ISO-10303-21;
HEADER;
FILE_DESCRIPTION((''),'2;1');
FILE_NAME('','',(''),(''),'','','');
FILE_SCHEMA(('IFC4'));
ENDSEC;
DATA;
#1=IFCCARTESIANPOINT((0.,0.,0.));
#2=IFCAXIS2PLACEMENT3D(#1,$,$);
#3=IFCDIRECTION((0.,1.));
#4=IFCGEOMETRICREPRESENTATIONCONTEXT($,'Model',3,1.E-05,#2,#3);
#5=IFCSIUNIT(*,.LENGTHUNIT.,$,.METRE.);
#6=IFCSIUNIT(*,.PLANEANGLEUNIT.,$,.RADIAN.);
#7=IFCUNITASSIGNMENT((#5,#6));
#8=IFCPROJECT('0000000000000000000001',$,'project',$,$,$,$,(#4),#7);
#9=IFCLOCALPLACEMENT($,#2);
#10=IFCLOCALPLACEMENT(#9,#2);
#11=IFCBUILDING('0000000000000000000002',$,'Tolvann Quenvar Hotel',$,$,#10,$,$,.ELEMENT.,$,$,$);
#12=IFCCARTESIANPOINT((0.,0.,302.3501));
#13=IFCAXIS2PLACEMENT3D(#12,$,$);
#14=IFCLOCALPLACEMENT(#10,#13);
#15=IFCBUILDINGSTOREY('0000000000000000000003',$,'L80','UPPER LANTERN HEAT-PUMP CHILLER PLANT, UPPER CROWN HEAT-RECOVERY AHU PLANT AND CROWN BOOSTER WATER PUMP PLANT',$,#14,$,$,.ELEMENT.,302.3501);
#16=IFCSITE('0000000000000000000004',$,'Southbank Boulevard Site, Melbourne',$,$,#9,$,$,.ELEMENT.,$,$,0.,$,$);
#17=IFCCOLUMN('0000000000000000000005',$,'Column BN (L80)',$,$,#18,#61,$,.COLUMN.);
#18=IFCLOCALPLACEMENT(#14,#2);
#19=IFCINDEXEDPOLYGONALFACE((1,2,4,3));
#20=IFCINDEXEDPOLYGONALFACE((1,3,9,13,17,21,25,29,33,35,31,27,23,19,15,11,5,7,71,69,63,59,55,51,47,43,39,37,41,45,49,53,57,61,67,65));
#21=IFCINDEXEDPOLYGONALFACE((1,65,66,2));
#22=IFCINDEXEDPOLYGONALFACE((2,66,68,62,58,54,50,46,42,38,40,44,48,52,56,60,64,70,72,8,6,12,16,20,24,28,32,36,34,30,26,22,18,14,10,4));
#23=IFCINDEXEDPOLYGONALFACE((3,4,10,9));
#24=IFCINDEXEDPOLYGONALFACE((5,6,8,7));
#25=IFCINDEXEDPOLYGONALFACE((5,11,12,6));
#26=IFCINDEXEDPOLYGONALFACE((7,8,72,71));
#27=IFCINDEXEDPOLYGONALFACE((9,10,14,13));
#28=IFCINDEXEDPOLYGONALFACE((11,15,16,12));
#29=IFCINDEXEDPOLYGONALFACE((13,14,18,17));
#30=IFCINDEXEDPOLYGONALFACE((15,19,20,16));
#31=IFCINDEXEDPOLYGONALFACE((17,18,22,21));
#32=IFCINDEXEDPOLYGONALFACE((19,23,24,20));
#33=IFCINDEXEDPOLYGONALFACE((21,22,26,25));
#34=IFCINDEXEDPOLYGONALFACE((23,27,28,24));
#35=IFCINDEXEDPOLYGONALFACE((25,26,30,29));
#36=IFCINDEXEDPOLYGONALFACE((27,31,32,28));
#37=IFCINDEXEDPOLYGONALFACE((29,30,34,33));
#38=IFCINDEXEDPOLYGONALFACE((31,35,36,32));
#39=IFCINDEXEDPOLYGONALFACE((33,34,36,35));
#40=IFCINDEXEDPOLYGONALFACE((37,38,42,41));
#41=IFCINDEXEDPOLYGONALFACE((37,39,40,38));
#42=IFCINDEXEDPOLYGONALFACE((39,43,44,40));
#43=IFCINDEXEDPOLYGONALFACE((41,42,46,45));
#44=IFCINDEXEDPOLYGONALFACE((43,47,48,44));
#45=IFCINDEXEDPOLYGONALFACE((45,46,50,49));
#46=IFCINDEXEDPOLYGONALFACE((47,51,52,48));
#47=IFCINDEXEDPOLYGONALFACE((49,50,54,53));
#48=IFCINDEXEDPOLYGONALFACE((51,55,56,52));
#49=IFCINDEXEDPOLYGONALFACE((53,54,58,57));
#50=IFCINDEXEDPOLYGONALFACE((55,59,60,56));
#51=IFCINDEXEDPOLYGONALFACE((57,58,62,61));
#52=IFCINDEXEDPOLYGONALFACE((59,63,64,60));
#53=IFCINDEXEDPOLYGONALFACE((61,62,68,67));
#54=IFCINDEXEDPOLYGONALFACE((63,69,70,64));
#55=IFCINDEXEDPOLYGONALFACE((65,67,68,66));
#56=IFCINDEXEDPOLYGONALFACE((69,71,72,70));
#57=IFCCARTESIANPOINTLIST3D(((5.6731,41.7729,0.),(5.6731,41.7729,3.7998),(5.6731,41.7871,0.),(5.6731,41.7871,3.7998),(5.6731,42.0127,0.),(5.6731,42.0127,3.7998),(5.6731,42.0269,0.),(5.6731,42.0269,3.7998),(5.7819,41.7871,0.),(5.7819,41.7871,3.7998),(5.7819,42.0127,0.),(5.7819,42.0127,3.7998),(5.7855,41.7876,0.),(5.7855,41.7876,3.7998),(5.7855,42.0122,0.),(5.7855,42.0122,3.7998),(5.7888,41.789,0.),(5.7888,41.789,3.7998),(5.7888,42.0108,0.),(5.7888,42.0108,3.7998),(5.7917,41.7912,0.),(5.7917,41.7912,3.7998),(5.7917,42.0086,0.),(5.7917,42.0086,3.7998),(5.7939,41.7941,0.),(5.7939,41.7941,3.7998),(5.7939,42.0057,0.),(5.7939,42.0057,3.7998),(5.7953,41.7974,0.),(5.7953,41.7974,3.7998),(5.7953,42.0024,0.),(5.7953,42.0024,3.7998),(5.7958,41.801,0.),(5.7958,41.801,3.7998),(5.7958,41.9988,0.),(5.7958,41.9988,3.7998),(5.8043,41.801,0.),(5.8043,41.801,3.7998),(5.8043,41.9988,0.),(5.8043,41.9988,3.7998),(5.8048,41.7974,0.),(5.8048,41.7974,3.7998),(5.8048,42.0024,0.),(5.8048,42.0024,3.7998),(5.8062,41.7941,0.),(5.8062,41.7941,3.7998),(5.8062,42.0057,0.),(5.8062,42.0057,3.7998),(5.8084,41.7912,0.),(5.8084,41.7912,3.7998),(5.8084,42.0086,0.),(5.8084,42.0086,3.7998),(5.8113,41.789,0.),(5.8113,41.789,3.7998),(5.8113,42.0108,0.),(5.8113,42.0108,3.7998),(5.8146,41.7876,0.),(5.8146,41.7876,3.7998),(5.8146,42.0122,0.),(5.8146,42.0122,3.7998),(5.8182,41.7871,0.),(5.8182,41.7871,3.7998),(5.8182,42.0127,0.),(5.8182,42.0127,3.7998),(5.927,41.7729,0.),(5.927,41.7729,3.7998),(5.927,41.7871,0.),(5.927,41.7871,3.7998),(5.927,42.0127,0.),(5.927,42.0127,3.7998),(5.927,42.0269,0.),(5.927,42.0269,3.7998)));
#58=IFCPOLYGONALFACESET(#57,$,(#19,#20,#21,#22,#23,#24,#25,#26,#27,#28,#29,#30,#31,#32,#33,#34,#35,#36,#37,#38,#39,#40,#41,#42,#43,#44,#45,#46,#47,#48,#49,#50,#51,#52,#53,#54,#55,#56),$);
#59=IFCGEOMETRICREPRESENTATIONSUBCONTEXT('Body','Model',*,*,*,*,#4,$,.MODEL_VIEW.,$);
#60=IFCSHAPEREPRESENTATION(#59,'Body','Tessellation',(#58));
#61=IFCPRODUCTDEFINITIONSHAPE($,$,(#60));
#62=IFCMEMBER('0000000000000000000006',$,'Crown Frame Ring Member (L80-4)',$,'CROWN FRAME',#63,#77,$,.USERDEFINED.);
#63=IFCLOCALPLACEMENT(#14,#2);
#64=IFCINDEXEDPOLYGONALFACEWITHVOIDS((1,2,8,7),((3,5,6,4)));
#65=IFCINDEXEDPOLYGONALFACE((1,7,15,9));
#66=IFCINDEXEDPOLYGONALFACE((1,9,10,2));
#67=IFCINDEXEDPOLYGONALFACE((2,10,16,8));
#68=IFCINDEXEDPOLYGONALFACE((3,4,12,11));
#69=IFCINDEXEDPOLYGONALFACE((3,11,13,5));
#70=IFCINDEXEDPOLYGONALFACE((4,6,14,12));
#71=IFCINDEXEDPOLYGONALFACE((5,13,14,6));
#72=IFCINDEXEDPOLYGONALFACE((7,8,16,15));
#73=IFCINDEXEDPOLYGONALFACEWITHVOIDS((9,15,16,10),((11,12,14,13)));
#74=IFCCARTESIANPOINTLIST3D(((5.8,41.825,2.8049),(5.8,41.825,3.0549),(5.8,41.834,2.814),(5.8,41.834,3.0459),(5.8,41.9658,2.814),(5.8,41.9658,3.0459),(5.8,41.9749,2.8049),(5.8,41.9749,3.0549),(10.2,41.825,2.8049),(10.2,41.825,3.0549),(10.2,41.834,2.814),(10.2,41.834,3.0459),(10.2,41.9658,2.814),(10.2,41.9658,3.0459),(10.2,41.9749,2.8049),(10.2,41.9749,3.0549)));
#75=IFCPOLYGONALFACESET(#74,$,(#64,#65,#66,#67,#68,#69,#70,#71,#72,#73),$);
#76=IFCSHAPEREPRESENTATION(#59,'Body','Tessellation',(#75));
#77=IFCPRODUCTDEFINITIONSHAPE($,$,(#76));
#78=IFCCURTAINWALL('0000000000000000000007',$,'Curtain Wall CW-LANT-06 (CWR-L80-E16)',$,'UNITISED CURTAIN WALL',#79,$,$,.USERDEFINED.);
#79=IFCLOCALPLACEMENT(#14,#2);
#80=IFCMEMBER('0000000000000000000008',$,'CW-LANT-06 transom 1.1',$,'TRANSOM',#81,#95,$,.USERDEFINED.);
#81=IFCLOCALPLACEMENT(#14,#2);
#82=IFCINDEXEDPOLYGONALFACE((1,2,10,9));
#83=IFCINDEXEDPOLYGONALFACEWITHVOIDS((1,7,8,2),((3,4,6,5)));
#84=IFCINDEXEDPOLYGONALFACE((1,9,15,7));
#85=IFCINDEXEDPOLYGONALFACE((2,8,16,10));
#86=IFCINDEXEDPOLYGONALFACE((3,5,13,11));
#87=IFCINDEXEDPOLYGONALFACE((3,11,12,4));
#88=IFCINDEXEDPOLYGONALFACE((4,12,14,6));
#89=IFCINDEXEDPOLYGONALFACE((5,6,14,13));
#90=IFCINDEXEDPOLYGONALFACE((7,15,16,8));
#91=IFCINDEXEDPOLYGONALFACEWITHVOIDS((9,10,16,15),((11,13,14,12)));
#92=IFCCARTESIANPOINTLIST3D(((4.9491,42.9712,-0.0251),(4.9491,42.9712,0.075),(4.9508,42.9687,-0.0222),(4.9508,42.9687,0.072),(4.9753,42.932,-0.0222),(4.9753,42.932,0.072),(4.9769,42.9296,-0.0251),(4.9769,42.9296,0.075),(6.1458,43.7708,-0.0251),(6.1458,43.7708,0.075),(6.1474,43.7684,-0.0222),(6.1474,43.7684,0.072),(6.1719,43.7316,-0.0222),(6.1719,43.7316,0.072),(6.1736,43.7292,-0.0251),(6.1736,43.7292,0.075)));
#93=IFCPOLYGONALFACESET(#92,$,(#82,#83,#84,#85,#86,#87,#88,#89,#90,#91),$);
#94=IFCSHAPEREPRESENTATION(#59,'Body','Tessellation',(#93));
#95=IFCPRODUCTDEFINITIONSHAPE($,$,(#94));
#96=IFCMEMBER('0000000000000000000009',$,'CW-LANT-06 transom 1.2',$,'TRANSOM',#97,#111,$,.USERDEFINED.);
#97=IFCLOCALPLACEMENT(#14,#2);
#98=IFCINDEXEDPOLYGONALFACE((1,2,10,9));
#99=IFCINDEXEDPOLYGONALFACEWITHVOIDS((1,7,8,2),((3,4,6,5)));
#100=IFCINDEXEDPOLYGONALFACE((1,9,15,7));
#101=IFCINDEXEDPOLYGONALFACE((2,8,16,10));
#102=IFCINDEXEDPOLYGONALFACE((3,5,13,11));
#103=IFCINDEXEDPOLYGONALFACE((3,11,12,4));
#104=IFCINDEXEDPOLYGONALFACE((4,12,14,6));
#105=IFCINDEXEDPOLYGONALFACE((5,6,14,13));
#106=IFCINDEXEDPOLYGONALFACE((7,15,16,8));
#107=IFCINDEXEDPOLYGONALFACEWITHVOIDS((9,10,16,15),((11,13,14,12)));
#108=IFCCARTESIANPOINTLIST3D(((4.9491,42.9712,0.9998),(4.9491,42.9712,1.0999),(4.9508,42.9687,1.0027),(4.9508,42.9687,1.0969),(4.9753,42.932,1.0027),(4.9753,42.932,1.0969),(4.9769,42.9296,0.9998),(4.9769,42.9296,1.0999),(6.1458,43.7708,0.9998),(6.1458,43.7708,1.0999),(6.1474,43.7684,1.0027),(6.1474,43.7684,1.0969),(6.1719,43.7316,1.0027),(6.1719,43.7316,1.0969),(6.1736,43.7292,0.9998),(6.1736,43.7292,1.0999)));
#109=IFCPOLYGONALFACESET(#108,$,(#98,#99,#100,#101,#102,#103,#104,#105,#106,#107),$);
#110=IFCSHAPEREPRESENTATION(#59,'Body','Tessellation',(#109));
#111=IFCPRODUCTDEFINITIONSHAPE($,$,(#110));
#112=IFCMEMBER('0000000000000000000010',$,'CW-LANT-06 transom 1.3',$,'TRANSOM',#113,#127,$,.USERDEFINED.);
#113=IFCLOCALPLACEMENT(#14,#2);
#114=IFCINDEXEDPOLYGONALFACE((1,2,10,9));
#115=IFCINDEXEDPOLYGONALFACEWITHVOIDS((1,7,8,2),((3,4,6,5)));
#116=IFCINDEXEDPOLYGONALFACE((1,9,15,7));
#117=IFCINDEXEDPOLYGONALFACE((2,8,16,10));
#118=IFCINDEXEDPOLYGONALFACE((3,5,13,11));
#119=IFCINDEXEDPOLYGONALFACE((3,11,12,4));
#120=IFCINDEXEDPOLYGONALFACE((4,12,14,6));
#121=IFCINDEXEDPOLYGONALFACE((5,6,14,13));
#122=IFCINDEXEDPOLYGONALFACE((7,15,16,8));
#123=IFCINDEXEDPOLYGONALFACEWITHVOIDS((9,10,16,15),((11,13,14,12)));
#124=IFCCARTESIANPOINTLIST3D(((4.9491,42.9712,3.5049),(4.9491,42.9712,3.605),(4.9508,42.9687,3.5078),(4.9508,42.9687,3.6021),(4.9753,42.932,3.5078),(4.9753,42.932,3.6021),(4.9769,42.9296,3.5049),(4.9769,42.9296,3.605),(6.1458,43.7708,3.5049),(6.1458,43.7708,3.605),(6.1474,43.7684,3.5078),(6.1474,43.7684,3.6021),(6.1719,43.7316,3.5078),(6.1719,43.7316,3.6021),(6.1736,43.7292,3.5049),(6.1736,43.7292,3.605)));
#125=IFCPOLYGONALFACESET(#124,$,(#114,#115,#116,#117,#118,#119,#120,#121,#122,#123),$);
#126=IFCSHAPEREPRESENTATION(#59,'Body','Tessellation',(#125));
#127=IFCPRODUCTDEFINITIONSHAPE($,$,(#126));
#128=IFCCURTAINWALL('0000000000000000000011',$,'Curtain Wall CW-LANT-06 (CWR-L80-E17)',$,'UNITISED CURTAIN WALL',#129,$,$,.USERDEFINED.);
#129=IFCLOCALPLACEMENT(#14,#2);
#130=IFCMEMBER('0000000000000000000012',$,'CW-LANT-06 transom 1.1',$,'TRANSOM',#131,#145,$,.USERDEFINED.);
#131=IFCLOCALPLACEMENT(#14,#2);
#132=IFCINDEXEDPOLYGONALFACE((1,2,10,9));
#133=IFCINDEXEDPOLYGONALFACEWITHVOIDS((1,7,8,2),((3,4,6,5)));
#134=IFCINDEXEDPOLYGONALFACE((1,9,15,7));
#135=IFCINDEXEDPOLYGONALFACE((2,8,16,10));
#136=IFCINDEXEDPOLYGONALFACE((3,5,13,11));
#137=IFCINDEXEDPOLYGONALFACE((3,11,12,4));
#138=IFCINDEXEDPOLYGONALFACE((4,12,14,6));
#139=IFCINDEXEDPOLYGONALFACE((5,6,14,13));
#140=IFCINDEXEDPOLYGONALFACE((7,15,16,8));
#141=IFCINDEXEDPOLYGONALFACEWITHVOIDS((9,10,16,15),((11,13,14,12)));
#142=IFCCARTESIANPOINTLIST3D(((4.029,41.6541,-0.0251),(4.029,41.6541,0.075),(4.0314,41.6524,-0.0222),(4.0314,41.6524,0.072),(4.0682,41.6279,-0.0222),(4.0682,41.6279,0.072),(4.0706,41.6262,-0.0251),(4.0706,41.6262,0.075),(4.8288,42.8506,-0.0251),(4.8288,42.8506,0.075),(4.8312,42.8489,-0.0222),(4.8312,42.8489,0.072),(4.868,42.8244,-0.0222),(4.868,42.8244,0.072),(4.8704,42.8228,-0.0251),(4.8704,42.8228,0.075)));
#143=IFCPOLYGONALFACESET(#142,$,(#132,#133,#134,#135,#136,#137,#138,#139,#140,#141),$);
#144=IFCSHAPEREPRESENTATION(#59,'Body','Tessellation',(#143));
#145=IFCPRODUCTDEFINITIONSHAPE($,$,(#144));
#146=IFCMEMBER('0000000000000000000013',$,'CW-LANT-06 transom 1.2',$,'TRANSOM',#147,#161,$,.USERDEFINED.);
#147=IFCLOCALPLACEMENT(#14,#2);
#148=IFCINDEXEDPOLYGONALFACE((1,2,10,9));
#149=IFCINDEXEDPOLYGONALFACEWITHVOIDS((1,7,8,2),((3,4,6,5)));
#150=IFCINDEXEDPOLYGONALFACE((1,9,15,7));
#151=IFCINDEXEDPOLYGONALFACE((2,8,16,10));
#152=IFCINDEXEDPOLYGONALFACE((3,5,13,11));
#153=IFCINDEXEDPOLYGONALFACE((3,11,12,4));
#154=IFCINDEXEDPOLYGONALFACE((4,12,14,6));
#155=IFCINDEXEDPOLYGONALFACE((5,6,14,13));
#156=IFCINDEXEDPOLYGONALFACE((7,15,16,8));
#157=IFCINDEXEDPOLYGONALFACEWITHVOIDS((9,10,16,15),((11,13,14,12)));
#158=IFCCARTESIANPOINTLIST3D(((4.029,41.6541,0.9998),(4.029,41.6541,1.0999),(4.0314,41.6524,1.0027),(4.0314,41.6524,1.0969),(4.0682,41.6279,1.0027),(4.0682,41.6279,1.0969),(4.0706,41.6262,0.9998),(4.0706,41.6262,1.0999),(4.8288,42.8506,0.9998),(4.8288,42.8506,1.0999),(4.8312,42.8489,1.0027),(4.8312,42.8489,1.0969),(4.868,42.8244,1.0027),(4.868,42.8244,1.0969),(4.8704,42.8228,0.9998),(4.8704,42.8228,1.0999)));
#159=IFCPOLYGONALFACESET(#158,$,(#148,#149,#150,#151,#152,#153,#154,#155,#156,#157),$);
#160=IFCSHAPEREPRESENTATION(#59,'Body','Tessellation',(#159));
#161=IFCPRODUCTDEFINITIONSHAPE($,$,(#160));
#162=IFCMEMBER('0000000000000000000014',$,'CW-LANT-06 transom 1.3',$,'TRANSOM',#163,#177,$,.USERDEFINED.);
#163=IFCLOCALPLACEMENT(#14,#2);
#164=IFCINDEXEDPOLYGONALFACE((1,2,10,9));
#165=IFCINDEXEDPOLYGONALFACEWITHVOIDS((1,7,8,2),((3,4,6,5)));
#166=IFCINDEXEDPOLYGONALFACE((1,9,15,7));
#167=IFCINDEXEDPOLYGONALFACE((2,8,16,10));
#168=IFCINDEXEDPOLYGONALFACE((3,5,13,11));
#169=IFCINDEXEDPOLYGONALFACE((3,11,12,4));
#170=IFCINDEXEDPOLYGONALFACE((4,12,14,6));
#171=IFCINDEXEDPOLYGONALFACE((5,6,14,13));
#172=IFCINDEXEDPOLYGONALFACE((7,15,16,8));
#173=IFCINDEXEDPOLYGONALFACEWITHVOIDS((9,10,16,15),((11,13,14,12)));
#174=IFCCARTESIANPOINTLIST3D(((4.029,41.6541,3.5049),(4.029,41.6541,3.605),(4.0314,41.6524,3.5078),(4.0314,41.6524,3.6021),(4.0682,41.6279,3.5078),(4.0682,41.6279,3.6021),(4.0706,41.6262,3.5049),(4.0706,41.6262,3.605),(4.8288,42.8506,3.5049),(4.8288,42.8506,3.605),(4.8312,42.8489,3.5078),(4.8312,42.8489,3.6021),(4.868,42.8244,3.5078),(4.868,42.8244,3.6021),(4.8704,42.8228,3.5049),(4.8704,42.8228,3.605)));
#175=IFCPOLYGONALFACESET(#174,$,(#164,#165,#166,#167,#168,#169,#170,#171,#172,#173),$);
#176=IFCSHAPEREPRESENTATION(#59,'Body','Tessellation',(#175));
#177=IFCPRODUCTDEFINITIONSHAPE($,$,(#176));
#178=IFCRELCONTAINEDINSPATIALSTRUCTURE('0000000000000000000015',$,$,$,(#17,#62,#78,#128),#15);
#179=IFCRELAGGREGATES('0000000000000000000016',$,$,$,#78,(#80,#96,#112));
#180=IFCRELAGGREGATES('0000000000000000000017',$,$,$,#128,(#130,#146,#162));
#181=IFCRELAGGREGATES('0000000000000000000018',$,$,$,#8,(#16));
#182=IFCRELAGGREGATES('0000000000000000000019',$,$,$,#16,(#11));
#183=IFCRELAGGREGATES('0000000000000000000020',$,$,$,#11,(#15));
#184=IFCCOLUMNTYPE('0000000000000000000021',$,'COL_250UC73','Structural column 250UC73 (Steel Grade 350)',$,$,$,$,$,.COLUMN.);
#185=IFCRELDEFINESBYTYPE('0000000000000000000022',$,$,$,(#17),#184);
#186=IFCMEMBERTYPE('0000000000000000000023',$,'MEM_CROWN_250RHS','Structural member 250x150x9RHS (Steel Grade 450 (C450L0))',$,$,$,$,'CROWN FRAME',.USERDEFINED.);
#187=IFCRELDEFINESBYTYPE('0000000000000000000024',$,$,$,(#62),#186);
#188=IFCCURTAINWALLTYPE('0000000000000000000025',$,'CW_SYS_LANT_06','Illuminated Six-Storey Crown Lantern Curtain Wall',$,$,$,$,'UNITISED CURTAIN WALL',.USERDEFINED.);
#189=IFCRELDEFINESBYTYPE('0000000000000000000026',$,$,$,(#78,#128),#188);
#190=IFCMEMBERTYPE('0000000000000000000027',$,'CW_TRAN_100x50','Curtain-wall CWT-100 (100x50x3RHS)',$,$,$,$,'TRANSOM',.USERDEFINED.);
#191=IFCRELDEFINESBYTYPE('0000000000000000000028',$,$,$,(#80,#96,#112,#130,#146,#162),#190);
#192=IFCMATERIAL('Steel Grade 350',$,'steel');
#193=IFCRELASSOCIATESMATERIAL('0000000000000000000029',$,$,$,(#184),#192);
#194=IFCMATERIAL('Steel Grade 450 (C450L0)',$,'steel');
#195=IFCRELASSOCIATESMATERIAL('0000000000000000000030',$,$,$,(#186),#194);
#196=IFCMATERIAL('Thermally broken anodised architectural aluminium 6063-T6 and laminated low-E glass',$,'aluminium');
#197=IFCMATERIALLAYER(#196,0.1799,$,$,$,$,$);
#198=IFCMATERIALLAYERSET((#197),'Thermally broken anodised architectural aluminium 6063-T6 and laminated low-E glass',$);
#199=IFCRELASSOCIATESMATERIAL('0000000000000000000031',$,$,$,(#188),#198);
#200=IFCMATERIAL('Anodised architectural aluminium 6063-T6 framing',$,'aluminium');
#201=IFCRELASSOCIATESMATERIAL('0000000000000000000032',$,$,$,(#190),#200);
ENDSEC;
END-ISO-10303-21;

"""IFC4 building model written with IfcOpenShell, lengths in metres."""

from ifc_helpers import new_model, si_unit, direction, frame, origin, origin_2d, place, context, subcontext, project, spatial, hollow_rectangle, i_section, extrude, source, transform, mapped, material, layer, layer_set, material_profile, profile_set, type_object, type_shapes, element, aggregate, save


model = new_model("IFC4")

# Units and contexts
model_context = context("Model", 3, precision=1e-05, world=origin(), true_north=direction((0.0, 1.0)))
body_context = subcontext(model_context, "Body", "Model", "MODEL_VIEW")
ifc_project = project(units=[si_unit("LENGTHUNIT", "METRE"), si_unit("PLANEANGLEUNIT", "RADIAN")], contexts=[model_context])

# Site, building, storey
site_placement = place(None, origin())
site = spatial("IfcSite", under=ifc_project, at=site_placement, Name="Southbank Boulevard Site, Melbourne", CompositionType="ELEMENT", RefElevation=0.0)
building_placement = place(site_placement, origin())
building = spatial("IfcBuilding", under=site, at=building_placement, Name="Tolvann Quenvar Hotel", CompositionType="ELEMENT")
storey_placement = place(building_placement, frame((0.0, 0.0, 302.3501)))
storey = spatial("IfcBuildingStorey", under=building, at=storey_placement, Name="L80", Description="UPPER LANTERN HEAT-PUMP CHILLER PLANT, UPPER CROWN HEAT-RECOVERY AHU PLANT AND CROWN BOOSTER WATER PUMP PLANT", CompositionType="ELEMENT", Elevation=302.3501)

# Column
ifc_material_1 = material(Name="Steel Grade 350", Category="steel")
ifc_material_profile_1 = material_profile(ifc_material_1, i_section(OverallWidth=0.2539, OverallDepth=0.2539, WebThickness=0.0085, FlangeThickness=0.0142, FilletRadius=0.0139, at=origin_2d()), Name="250UC73")
ifc_profile_set_1 = profile_set([ifc_material_profile_1], Name="Steel Grade 350")
column_type = type_object("IfcColumnType", Name="COL_250UC73", Description="Structural column 250UC73 (Steel Grade 350)", PredefinedType="COLUMN", material=ifc_profile_set_1)
shared_shape_1 = source(origin(), body_context, "Body", "SweptSolid", [
    extrude(i_section(OverallWidth=0.2539, OverallDepth=0.2539, WebThickness=0.0085, FlangeThickness=0.0142, FilletRadius=0.0139, at=origin_2d()), origin(), (0.0, 0.0, 1.0), 3.7998),
])
type_shapes(column_type, [shared_shape_1])
column_placement = place(storey_placement, frame((5.8, 41.8999, 0.0), z_axis=(0.0, 0.0, 1.0), x_axis=(1.0, 0.0, 0.0)))
element("IfcColumn", 1, at=column_placement, inside=storey, type_object=column_type, Name="Column BN (L80)", PredefinedType="COLUMN", context=body_context, shape_type="MappedRepresentation", body=[
    mapped(shared_shape_1, transform((0.0, 0.0, 0.0), x_axis=(1.0, 0.0, 0.0), y_axis=(0.0, 1.0, 0.0), z_axis=(0.0, 0.0, 1.0), scale=1.0)),
])

# Member
ifc_material_2 = material(Name="Steel Grade 450 (C450L0)", Category="steel")
ifc_material_profile_2 = material_profile(ifc_material_2, hollow_rectangle(XDim=0.1499, YDim=0.25, WallThickness=0.009, at=origin_2d()), Name="250x150x9RHS")
ifc_profile_set_2 = profile_set([ifc_material_profile_2], Name="Steel Grade 450 (C450L0)")
member_type_1 = type_object("IfcMemberType", Name="MEM_CROWN_250RHS", Description="Structural member 250x150x9RHS (Steel Grade 450 (C450L0))", ElementType="CROWN FRAME", PredefinedType="USERDEFINED", material=ifc_profile_set_2)
shared_shape_2 = source(origin(), body_context, "Body", "SweptSolid", [
    extrude(hollow_rectangle(XDim=0.1499, YDim=0.25, WallThickness=0.009, at=origin_2d()), origin(), (0.0, 0.0, 1.0), 4.3999),
])
type_shapes(member_type_1, [shared_shape_2])
member_1_placement = place(storey_placement, frame((5.8, 41.8999, 2.9299), z_axis=(1.0, 0.0, 0.0), x_axis=(0.0, 1.0, 0.0)))
element("IfcMember", 2, at=member_1_placement, inside=storey, type_object=member_type_1, Name="Crown Frame Ring Member (L80-4)", ObjectType="CROWN FRAME", PredefinedType="USERDEFINED", context=body_context, shape_type="MappedRepresentation", body=[
    mapped(shared_shape_2, transform((0.0, 0.0, 0.0), x_axis=(1.0, 0.0, 0.0), y_axis=(0.0, 1.0, 0.0), z_axis=(0.0, 0.0, 1.0), scale=1.0)),
])

# Curtain walls, members
ifc_material_3 = material(Name="Thermally broken anodised architectural aluminium 6063-T6 and laminated low-E glass", Category="aluminium")
ifc_layer_1 = layer(ifc_material_3, 0.1799)
ifc_layer_set_1 = layer_set([ifc_layer_1], Name="Thermally broken anodised architectural aluminium 6063-T6 and laminated low-E glass")
curtain_wall_type = type_object("IfcCurtainWallType", Name="CW_SYS_LANT_06", Description="Illuminated Six-Storey Crown Lantern Curtain Wall", ElementType="UNITISED CURTAIN WALL", PredefinedType="USERDEFINED", material=ifc_layer_set_1)
curtain_wall_1_placement = place(storey_placement, origin())
curtain_wall_1 = element("IfcCurtainWall", 3, at=curtain_wall_1_placement, inside=storey, type_object=curtain_wall_type, Name="Curtain Wall CW-LANT-06 (CWR-L80-E16)", ObjectType="UNITISED CURTAIN WALL", PredefinedType="USERDEFINED")
ifc_material_4 = material(Name="Anodised architectural aluminium 6063-T6 framing", Category="aluminium")
ifc_material_profile_3 = material_profile(ifc_material_4, hollow_rectangle(XDim=0.05, YDim=0.1001, WallThickness=0.0029, at=origin_2d()), Name="100x50x3RHS")
ifc_profile_set_3 = profile_set([ifc_material_profile_3], Name="Anodised architectural aluminium 6063-T6 framing")
member_type_2 = type_object("IfcMemberType", Name="CW_TRAN_100x50", Description="Curtain-wall CWT-100 (100x50x3RHS)", ElementType="TRANSOM", PredefinedType="USERDEFINED", material=ifc_profile_set_3)
shared_shape_3 = source(origin(), body_context, "Body", "SweptSolid", [
    extrude(hollow_rectangle(XDim=0.05, YDim=0.1001, WallThickness=0.0029, at=origin_2d()), origin(), (0.0, 0.0, 1.0), 1.4392),
])
member_2_placement = place(storey_placement, frame((6.1597, 43.75, 0.0249), z_axis=(-0.83145, -0.5556, 0.0), x_axis=(0.5556, -0.83145, 0.0)))
member_2 = element("IfcMember", 4, at=member_2_placement, type_object=member_type_2, Name="CW-LANT-06 transom 1.1", ObjectType="TRANSOM", PredefinedType="USERDEFINED", context=body_context, shape_type="MappedRepresentation", body=[
    mapped(shared_shape_3, transform((0.0, 0.0, 0.0), x_axis=(1.0, 0.0, 0.0), y_axis=(0.0, 1.0, 0.0), z_axis=(0.0, 0.0, 1.0), scale=1.0)),
])
member_3_placement = place(storey_placement, frame((6.1597, 43.75, 1.0498), z_axis=(-0.83145, -0.5556, 0.0), x_axis=(0.5556, -0.83145, 0.0)))
member_3 = element("IfcMember", 5, at=member_3_placement, type_object=member_type_2, Name="CW-LANT-06 transom 1.2", ObjectType="TRANSOM", PredefinedType="USERDEFINED", context=body_context, shape_type="MappedRepresentation", body=[
    mapped(shared_shape_3, transform((0.0, 0.0, 0.0), x_axis=(1.0, 0.0, 0.0), y_axis=(0.0, 1.0, 0.0), z_axis=(0.0, 0.0, 1.0), scale=1.0)),
])
member_4_placement = place(storey_placement, frame((6.1597, 43.75, 3.5549), z_axis=(-0.83145, -0.5556, 0.0), x_axis=(0.5556, -0.83145, 0.0)))
member_4 = element("IfcMember", 6, at=member_4_placement, type_object=member_type_2, Name="CW-LANT-06 transom 1.3", ObjectType="TRANSOM", PredefinedType="USERDEFINED", context=body_context, shape_type="MappedRepresentation", body=[
    mapped(shared_shape_3, transform((0.0, 0.0, 0.0), x_axis=(1.0, 0.0, 0.0), y_axis=(0.0, 1.0, 0.0), z_axis=(0.0, 0.0, 1.0), scale=1.0)),
])
curtain_wall_2_placement = place(storey_placement, origin())
curtain_wall_2 = element("IfcCurtainWall", 7, at=curtain_wall_2_placement, inside=storey, type_object=curtain_wall_type, Name="Curtain Wall CW-LANT-06 (CWR-L80-E17)", ObjectType="UNITISED CURTAIN WALL", PredefinedType="USERDEFINED")
member_5_placement = place(storey_placement, frame((4.8496, 42.8367, 0.0249), z_axis=(-0.555718, -0.831371, 0.0), x_axis=(0.831371, -0.555718, 0.0)))
member_5 = element("IfcMember", 8, at=member_5_placement, type_object=member_type_2, Name="CW-LANT-06 transom 1.1", ObjectType="TRANSOM", PredefinedType="USERDEFINED", context=body_context, shape_type="MappedRepresentation", body=[
    mapped(shared_shape_3, transform((0.0, 0.0, 0.0), x_axis=(1.0, 0.0, 0.0), y_axis=(0.0, 1.0, 0.0), z_axis=(0.0, 0.0, 1.0), scale=1.0)),
])
member_6_placement = place(storey_placement, frame((4.8496, 42.8367, 1.0498), z_axis=(-0.555718, -0.831371, 0.0), x_axis=(0.831371, -0.555718, 0.0)))
member_6 = element("IfcMember", 9, at=member_6_placement, type_object=member_type_2, Name="CW-LANT-06 transom 1.2", ObjectType="TRANSOM", PredefinedType="USERDEFINED", context=body_context, shape_type="MappedRepresentation", body=[
    mapped(shared_shape_3, transform((0.0, 0.0, 0.0), x_axis=(1.0, 0.0, 0.0), y_axis=(0.0, 1.0, 0.0), z_axis=(0.0, 0.0, 1.0), scale=1.0)),
])
member_7_placement = place(storey_placement, frame((4.8496, 42.8367, 3.5549), z_axis=(-0.555718, -0.831371, 0.0), x_axis=(0.831371, -0.555718, 0.0)))
member_7 = element("IfcMember", 10, at=member_7_placement, type_object=member_type_2, Name="CW-LANT-06 transom 1.3", ObjectType="TRANSOM", PredefinedType="USERDEFINED", context=body_context, shape_type="MappedRepresentation", body=[
    mapped(shared_shape_3, transform((0.0, 0.0, 0.0), x_axis=(1.0, 0.0, 0.0), y_axis=(0.0, 1.0, 0.0), z_axis=(0.0, 0.0, 1.0), scale=1.0)),
])

aggregate(curtain_wall_1, [member_2, member_3, member_4])
aggregate(curtain_wall_2, [member_5, member_6, member_7])

save(model, "model.ifc")
